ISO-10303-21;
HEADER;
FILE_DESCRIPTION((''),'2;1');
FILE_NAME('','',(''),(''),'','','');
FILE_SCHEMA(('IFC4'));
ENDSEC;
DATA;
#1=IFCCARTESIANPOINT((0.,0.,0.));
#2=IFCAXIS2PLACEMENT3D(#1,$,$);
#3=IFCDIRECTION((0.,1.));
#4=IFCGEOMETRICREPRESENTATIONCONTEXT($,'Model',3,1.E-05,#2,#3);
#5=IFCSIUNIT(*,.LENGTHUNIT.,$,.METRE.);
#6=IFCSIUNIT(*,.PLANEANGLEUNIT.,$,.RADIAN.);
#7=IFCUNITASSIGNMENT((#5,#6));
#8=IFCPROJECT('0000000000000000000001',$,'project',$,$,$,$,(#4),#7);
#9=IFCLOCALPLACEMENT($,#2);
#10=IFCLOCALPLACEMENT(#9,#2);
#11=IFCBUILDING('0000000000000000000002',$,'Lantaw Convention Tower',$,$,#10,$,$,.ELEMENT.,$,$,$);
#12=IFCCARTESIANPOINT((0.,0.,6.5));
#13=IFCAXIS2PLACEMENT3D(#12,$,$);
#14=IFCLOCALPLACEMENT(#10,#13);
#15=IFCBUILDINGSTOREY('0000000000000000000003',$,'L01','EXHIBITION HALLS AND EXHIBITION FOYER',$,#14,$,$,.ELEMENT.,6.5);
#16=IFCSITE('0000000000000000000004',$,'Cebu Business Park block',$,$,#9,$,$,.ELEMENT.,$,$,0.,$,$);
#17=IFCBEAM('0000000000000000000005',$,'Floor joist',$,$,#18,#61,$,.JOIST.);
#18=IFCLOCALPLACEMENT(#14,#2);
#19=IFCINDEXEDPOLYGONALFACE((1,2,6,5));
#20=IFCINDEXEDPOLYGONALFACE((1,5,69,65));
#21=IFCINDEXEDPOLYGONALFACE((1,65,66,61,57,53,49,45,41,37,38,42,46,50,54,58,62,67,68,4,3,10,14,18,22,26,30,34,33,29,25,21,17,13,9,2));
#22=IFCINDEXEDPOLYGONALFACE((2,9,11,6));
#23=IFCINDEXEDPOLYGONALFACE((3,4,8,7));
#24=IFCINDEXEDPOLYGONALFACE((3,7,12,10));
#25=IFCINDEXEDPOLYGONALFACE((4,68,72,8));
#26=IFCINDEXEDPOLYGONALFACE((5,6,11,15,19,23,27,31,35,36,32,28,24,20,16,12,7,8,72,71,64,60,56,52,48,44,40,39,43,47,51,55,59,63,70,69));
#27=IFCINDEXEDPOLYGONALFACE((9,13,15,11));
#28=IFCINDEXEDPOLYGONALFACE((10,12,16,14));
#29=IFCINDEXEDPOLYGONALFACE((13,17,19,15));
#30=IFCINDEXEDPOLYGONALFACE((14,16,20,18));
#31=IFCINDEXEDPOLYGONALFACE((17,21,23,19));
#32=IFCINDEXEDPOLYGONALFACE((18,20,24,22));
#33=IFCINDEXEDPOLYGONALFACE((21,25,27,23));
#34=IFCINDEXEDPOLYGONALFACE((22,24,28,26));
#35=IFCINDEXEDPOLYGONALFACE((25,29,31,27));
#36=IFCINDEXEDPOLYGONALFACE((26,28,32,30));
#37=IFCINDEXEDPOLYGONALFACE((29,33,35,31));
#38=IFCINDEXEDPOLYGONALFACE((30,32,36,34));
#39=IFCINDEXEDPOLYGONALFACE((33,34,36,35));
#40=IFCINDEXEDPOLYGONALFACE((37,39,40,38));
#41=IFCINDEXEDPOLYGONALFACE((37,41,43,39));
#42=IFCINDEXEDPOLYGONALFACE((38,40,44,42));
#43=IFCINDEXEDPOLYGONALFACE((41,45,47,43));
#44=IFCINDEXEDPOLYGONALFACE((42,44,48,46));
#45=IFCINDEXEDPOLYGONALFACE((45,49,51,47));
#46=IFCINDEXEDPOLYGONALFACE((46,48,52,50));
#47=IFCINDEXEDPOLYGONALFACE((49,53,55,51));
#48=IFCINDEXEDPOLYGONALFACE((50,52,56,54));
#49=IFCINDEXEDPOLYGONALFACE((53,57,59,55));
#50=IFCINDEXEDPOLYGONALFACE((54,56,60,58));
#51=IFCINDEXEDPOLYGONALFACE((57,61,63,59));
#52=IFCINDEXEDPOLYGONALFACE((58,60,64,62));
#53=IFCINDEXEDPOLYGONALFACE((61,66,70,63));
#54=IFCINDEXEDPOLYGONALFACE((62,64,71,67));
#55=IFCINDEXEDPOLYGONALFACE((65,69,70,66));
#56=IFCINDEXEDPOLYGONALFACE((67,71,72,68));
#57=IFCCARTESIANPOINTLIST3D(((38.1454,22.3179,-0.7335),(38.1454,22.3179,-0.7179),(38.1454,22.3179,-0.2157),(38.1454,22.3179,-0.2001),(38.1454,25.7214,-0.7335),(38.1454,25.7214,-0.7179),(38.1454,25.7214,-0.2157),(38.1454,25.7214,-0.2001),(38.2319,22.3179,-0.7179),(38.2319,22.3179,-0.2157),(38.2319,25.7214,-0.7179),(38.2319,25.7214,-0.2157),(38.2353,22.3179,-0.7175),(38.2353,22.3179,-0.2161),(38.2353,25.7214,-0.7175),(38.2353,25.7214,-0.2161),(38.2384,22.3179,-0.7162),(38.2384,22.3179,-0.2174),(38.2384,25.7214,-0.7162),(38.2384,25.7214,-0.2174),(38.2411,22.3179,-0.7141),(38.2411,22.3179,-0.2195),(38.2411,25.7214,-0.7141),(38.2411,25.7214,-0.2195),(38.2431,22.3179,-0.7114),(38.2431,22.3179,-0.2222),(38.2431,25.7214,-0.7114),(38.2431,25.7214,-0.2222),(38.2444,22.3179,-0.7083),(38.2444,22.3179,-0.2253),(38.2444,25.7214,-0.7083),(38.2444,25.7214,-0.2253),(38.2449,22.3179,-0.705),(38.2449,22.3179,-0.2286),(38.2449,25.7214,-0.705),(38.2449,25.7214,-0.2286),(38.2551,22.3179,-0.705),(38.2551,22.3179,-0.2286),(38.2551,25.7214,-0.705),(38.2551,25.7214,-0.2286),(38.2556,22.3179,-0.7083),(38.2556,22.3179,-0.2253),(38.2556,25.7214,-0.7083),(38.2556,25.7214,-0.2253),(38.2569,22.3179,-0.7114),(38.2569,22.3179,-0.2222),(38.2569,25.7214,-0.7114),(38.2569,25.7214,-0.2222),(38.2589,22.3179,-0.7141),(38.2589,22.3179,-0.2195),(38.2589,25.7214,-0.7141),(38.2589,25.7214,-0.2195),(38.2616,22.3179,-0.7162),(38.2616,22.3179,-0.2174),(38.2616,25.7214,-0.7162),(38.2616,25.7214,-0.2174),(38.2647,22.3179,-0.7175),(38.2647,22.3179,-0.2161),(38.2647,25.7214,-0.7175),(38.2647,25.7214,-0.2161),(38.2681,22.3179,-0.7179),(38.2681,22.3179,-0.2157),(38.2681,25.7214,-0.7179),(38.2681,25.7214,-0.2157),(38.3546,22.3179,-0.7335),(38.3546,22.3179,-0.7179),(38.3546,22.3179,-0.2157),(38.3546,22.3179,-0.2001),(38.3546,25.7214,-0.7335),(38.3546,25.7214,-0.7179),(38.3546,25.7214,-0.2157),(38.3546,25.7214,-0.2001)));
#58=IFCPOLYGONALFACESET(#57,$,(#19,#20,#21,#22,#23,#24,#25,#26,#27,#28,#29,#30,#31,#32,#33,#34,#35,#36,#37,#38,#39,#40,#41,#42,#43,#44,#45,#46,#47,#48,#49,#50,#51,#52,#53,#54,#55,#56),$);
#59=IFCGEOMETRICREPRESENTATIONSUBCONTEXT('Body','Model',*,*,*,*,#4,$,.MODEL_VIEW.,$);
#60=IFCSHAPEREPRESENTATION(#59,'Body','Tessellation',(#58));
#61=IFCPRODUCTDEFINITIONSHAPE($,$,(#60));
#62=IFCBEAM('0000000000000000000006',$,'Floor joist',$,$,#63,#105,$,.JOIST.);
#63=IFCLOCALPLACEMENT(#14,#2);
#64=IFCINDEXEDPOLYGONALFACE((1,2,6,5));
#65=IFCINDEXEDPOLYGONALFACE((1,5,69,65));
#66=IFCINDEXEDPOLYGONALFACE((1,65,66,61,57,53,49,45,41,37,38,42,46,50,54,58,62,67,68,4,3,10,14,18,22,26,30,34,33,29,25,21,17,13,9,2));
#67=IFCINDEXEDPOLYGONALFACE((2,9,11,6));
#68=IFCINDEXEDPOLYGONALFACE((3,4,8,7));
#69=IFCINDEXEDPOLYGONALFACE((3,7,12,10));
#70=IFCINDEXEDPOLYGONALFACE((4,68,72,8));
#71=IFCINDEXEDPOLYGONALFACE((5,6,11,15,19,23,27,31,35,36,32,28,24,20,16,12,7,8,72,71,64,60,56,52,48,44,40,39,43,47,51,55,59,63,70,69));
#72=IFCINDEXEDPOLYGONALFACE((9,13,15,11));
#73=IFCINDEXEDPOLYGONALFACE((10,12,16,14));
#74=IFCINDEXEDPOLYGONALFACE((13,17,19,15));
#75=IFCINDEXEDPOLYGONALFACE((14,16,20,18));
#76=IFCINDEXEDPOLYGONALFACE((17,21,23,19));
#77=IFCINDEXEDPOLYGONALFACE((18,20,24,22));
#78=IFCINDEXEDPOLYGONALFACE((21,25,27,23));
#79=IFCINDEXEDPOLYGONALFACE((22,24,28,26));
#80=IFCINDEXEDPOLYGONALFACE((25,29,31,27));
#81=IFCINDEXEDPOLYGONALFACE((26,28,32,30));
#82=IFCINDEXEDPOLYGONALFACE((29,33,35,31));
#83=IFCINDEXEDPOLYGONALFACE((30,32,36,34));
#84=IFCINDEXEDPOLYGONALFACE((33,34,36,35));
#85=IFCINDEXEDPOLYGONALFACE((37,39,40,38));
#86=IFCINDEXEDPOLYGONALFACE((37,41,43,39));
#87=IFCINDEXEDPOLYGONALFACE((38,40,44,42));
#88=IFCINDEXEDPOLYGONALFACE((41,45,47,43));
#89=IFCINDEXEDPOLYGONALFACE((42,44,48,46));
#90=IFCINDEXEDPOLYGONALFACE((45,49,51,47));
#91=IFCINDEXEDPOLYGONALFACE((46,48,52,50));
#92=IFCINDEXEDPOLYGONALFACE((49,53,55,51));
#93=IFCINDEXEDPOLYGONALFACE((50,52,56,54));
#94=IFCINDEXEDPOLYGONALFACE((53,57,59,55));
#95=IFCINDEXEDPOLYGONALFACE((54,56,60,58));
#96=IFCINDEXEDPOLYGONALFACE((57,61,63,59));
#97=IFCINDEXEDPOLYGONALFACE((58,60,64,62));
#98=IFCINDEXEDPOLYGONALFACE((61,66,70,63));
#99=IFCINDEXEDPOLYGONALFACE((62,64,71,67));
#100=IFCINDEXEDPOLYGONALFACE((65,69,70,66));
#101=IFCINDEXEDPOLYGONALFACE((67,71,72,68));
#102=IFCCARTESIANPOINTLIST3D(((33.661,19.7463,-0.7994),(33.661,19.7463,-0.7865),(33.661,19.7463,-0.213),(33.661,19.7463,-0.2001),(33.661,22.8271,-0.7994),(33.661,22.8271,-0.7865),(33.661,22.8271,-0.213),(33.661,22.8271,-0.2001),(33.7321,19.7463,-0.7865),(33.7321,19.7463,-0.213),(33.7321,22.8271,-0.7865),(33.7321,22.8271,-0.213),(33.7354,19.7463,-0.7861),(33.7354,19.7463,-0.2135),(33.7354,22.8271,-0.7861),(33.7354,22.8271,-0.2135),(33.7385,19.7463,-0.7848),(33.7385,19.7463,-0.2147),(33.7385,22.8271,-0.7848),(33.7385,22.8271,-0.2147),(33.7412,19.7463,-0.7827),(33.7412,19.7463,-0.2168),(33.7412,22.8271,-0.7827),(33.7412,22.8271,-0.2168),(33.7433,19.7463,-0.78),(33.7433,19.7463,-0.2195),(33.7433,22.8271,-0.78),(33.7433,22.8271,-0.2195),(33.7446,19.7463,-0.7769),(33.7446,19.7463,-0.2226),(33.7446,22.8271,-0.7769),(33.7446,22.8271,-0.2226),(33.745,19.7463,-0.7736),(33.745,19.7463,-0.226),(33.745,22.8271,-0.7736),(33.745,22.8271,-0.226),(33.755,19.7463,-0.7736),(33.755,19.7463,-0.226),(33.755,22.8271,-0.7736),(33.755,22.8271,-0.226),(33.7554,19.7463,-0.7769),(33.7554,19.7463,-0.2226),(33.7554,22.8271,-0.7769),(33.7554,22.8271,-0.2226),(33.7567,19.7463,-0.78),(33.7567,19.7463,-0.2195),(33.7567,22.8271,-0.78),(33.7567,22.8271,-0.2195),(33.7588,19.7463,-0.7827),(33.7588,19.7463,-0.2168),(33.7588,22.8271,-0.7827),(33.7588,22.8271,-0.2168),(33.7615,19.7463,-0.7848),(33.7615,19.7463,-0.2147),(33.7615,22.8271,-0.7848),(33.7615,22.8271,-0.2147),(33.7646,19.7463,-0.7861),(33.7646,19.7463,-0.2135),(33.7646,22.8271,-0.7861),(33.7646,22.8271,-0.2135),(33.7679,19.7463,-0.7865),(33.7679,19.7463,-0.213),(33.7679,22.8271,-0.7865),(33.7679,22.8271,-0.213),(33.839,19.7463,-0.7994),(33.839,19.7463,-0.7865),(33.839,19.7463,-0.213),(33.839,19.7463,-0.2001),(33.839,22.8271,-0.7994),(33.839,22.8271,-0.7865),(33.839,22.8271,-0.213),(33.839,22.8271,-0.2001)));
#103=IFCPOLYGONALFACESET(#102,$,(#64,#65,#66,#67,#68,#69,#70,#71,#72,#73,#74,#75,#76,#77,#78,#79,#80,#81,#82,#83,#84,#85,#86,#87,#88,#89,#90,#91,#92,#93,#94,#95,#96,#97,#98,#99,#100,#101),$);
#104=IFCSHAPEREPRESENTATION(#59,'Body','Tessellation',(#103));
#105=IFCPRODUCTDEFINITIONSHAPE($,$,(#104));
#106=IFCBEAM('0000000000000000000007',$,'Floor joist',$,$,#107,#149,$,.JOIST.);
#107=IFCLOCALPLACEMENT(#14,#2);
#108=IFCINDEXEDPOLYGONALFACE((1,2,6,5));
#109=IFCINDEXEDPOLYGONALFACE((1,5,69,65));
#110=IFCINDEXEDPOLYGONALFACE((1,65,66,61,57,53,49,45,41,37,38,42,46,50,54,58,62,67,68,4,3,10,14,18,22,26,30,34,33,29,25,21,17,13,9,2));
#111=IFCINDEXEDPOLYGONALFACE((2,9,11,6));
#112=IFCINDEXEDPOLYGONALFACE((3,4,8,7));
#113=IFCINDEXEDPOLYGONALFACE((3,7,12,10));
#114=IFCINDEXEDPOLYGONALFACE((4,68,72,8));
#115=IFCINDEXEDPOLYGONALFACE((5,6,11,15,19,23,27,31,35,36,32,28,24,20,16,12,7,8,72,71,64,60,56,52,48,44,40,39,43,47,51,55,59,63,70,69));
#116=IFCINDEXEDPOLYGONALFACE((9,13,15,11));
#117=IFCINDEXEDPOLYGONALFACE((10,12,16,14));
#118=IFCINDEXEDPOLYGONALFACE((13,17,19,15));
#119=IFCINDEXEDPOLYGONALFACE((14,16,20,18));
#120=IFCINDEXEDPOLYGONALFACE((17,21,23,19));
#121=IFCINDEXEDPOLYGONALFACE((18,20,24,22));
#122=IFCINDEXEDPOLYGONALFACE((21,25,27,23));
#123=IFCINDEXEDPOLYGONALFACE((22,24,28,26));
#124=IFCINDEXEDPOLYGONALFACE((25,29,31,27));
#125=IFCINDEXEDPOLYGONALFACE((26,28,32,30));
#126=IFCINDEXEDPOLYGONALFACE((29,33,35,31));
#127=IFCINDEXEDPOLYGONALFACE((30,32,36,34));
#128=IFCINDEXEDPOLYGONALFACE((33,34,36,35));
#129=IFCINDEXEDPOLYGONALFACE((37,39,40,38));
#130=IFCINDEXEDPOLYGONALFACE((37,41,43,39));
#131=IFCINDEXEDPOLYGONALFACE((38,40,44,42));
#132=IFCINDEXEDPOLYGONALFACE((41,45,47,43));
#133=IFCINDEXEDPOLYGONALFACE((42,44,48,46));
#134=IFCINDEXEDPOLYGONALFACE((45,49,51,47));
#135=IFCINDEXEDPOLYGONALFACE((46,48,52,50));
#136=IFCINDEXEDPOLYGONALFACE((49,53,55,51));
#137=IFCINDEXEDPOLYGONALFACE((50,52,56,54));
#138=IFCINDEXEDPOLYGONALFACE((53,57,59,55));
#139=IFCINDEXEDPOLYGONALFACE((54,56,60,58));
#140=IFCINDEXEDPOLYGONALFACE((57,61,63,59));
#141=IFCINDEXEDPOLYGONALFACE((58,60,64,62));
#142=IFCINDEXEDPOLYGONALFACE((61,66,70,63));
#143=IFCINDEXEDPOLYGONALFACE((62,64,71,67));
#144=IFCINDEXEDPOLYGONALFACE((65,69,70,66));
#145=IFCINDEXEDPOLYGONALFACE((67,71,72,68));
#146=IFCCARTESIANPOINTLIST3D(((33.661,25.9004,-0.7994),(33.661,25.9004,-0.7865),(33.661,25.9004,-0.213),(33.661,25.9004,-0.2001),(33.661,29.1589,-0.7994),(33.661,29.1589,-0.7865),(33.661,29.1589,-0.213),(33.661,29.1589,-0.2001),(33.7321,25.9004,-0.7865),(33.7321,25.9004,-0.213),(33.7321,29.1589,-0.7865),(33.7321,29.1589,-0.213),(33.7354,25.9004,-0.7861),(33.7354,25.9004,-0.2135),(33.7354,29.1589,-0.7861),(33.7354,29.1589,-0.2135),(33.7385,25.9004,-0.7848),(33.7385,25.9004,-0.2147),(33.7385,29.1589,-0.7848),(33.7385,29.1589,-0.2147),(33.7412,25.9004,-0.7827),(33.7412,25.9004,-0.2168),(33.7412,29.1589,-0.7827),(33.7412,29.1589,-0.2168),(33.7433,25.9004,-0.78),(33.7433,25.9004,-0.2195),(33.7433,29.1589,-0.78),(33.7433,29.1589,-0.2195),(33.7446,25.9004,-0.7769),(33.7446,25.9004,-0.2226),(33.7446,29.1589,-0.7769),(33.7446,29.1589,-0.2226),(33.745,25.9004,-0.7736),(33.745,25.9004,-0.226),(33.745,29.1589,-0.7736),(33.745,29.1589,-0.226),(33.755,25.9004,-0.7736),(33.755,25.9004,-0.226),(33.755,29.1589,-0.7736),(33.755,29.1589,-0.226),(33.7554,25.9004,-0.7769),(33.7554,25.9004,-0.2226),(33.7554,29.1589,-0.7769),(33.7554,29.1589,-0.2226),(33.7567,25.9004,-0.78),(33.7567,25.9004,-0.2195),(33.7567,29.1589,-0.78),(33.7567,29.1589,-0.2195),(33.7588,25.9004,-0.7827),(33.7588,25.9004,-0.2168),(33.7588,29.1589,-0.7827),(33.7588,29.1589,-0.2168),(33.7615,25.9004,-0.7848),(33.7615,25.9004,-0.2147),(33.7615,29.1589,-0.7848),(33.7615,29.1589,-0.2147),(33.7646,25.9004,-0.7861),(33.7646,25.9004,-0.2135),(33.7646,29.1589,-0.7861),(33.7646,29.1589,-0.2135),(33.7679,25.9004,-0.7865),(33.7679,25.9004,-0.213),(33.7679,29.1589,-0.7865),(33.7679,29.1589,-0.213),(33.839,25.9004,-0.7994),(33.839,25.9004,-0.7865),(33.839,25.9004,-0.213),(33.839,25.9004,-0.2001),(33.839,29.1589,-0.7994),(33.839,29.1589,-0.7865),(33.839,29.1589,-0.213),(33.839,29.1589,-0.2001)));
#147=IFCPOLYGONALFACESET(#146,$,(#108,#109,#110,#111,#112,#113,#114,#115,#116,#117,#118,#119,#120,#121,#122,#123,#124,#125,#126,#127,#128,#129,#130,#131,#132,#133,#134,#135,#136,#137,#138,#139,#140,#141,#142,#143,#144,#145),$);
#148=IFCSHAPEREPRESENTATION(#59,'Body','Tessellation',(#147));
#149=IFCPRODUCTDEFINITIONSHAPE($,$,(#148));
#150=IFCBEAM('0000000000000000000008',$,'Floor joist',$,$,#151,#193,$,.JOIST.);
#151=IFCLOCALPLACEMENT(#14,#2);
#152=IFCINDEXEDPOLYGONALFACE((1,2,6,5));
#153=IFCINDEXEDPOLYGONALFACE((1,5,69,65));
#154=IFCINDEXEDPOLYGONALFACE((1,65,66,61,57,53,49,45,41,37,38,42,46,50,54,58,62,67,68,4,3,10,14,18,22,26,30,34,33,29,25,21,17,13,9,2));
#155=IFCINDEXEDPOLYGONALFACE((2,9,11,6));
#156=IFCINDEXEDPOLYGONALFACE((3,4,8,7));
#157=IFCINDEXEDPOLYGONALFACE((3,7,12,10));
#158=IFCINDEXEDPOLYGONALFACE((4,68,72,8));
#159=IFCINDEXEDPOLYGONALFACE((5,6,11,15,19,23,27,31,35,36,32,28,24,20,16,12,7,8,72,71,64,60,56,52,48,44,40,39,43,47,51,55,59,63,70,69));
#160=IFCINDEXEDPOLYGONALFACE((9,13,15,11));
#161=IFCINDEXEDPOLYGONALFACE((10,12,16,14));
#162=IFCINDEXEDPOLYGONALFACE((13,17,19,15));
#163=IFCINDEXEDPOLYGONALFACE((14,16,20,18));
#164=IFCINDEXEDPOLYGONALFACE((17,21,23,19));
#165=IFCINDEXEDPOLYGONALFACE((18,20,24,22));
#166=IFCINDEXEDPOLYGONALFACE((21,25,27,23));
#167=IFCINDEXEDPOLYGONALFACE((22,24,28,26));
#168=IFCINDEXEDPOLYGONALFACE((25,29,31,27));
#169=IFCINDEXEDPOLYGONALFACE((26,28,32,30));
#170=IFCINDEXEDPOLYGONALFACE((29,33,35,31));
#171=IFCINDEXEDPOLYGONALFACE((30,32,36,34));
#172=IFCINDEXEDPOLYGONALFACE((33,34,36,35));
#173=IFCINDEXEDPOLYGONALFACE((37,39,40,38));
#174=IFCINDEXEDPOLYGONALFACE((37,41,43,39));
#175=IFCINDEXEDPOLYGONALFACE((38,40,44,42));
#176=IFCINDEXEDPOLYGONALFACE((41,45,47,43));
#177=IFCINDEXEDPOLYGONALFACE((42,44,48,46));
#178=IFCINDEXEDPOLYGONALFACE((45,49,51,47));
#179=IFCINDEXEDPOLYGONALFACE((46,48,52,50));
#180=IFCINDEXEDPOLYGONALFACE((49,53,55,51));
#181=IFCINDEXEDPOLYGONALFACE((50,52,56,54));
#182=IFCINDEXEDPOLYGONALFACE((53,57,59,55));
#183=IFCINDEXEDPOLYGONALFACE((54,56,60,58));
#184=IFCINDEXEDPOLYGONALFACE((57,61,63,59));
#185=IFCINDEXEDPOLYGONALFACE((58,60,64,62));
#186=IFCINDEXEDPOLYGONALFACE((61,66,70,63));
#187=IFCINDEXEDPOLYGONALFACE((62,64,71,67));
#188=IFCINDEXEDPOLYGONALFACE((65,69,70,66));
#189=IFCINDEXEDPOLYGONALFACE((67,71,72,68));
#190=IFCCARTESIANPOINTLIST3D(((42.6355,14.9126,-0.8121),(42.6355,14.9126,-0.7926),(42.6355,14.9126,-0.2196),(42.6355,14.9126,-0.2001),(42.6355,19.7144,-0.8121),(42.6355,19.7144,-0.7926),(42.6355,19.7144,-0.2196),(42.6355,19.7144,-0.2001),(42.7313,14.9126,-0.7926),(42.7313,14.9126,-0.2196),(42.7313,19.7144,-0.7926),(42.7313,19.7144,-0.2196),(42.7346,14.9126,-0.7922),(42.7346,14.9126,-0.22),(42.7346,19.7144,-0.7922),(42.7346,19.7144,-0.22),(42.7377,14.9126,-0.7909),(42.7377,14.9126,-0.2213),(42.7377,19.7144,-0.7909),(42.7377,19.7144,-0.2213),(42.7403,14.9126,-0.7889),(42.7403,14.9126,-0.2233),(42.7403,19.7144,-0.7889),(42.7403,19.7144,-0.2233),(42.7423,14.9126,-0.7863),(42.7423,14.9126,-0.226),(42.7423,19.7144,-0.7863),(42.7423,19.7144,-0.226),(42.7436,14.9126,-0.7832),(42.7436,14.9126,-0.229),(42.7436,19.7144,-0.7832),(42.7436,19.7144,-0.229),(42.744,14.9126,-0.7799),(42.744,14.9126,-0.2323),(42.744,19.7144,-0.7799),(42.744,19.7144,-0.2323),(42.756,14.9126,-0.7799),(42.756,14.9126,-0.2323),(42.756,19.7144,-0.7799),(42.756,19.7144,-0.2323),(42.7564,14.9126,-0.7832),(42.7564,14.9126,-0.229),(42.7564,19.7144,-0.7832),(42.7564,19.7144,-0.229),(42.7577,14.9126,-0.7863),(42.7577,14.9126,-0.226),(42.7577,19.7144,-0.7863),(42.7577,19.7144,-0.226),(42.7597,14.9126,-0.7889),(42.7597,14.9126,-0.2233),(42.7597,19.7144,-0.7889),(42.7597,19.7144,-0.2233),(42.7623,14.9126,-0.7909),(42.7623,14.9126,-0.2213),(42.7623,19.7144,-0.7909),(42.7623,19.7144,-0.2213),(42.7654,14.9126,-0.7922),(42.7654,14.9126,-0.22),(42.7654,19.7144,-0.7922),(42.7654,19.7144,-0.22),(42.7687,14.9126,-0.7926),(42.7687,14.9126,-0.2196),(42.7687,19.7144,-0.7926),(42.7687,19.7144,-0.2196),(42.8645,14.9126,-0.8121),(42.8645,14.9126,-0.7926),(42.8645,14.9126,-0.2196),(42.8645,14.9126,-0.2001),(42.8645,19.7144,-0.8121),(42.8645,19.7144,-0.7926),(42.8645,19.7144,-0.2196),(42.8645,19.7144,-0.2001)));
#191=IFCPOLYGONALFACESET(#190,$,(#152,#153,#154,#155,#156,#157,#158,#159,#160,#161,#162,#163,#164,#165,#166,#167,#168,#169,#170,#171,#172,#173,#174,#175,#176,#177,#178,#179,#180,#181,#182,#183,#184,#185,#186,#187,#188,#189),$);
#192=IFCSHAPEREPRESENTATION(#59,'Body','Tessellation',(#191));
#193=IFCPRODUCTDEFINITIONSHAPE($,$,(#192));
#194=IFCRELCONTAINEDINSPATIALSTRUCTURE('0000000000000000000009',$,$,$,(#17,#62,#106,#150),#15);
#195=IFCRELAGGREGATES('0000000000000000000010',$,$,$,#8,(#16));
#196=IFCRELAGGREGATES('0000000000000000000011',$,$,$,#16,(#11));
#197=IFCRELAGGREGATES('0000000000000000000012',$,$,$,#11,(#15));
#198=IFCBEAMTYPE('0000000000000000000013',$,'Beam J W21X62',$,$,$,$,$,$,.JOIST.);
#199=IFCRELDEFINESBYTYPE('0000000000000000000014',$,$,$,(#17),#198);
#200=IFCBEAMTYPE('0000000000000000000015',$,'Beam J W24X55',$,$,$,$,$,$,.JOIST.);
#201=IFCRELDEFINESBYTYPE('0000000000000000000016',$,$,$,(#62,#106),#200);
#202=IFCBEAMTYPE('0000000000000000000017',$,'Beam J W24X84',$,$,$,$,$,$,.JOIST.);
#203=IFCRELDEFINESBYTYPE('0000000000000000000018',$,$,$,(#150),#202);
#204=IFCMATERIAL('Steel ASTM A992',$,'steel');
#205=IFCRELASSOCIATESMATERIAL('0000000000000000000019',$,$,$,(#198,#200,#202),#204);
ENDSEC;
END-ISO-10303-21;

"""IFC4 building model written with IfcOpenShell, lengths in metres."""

from ifc_helpers import new_model, si_unit, direction, frame, origin, origin_2d, place, context, subcontext, project, spatial, i_section, extrude, material, material_profile, profile_set, type_object, element, save


model = new_model("IFC4")

# Units and contexts
model_context = context("Model", 3, precision=1e-05, world=origin(), true_north=direction((0.0, 1.0)))
body_context = subcontext(model_context, "Body", "Model", "MODEL_VIEW")
ifc_project = project(units=[si_unit("LENGTHUNIT", "METRE"), si_unit("PLANEANGLEUNIT", "RADIAN")], contexts=[model_context])

# Site, building, storey
site_placement = place(None, origin())
site = spatial("IfcSite", under=ifc_project, at=site_placement, Name="Cebu Business Park block", CompositionType="ELEMENT", RefElevation=0.0)
building_placement = place(site_placement, origin())
building = spatial("IfcBuilding", under=site, at=building_placement, Name="Lantaw Convention Tower", CompositionType="ELEMENT")
storey_placement = place(building_placement, frame((0.0, 0.0, 6.5)))
storey = spatial("IfcBuildingStorey", under=building, at=storey_placement, Name="L01", Description="EXHIBITION HALLS AND EXHIBITION FOYER", CompositionType="ELEMENT", Elevation=6.5)

# Beams
ifc_material_1 = material(Name="Steel ASTM A992", Category="steel")
ifc_material_profile_1 = material_profile(ifc_material_1, i_section(OverallWidth=0.2092, OverallDepth=0.5334, WebThickness=0.0103, FlangeThickness=0.0156, FilletRadius=0.0129, at=origin_2d()), Name="W21X62")
ifc_profile_set_1 = profile_set([ifc_material_profile_1], Name="Steel ASTM A992")
beam_type_1 = type_object("IfcBeamType", Name="Beam J W21X62", PredefinedType="JOIST", material=ifc_profile_set_1)
beam_1_placement = place(storey_placement, frame((38.25, 22.3179, -0.4668), z_axis=(0.0, 1.0, 0.0), x_axis=(-1.0, 0.0, 0.0)))
element("IfcBeam", 1, at=beam_1_placement, inside=storey, type_object=beam_type_1, Name="Floor joist", PredefinedType="JOIST", context=body_context, shape_type="SweptSolid", body=[
    extrude(i_section(OverallWidth=0.2092, OverallDepth=0.5334, WebThickness=0.0103, FlangeThickness=0.0156, FilletRadius=0.0129, at=origin_2d()), origin(), (0.0, 0.0, 1.0), 3.4036),
])
ifc_material_profile_2 = material_profile(ifc_material_1, i_section(OverallWidth=0.178, OverallDepth=0.5994, WebThickness=0.01, FlangeThickness=0.0129, FilletRadius=0.0129, at=origin_2d()), Name="W24X55")
ifc_profile_set_2 = profile_set([ifc_material_profile_2], Name="Steel ASTM A992")
beam_type_2 = type_object("IfcBeamType", Name="Beam J W24X55", PredefinedType="JOIST", material=ifc_profile_set_2)
beam_2_placement = place(storey_placement, frame((33.75, 19.7463, -0.4998), z_axis=(0.0, 1.0, 0.0), x_axis=(-1.0, 0.0, 0.0)))
element("IfcBeam", 2, at=beam_2_placement, inside=storey, type_object=beam_type_2, Name="Floor joist", PredefinedType="JOIST", context=body_context, shape_type="SweptSolid", body=[
    extrude(i_section(OverallWidth=0.178, OverallDepth=0.5994, WebThickness=0.01, FlangeThickness=0.0129, FilletRadius=0.0129, at=origin_2d()), origin(), (0.0, 0.0, 1.0), 3.0808),
])
beam_3_placement = place(storey_placement, frame((33.75, 25.9004, -0.4998), z_axis=(0.0, 1.0, 0.0), x_axis=(-1.0, 0.0, 0.0)))
element("IfcBeam", 3, at=beam_3_placement, inside=storey, type_object=beam_type_2, Name="Floor joist", PredefinedType="JOIST", context=body_context, shape_type="SweptSolid", body=[
    extrude(i_section(OverallWidth=0.178, OverallDepth=0.5994, WebThickness=0.01, FlangeThickness=0.0129, FilletRadius=0.0129, at=origin_2d()), origin(), (0.0, 0.0, 1.0), 3.2585),
])
ifc_material_profile_3 = material_profile(ifc_material_1, i_section(OverallWidth=0.229, OverallDepth=0.6121, WebThickness=0.012, FlangeThickness=0.0195, FilletRadius=0.0127, at=origin_2d()), Name="W24X84")
ifc_profile_set_3 = profile_set([ifc_material_profile_3], Name="Steel ASTM A992")
beam_type_3 = type_object("IfcBeamType", Name="Beam J W24X84", PredefinedType="JOIST", material=ifc_profile_set_3)
beam_4_placement = place(storey_placement, frame((42.75, 14.9126, -0.5061), z_axis=(0.0, 1.0, 0.0), x_axis=(-1.0, 0.0, 0.0)))
element("IfcBeam", 4, at=beam_4_placement, inside=storey, type_object=beam_type_3, Name="Floor joist", PredefinedType="JOIST", context=body_context, shape_type="SweptSolid", body=[
    extrude(i_section(OverallWidth=0.229, OverallDepth=0.6121, WebThickness=0.012, FlangeThickness=0.0195, FilletRadius=0.0127, at=origin_2d()), origin(), (0.0, 0.0, 1.0), 4.8018),
])

save(model, "model.ifc")
